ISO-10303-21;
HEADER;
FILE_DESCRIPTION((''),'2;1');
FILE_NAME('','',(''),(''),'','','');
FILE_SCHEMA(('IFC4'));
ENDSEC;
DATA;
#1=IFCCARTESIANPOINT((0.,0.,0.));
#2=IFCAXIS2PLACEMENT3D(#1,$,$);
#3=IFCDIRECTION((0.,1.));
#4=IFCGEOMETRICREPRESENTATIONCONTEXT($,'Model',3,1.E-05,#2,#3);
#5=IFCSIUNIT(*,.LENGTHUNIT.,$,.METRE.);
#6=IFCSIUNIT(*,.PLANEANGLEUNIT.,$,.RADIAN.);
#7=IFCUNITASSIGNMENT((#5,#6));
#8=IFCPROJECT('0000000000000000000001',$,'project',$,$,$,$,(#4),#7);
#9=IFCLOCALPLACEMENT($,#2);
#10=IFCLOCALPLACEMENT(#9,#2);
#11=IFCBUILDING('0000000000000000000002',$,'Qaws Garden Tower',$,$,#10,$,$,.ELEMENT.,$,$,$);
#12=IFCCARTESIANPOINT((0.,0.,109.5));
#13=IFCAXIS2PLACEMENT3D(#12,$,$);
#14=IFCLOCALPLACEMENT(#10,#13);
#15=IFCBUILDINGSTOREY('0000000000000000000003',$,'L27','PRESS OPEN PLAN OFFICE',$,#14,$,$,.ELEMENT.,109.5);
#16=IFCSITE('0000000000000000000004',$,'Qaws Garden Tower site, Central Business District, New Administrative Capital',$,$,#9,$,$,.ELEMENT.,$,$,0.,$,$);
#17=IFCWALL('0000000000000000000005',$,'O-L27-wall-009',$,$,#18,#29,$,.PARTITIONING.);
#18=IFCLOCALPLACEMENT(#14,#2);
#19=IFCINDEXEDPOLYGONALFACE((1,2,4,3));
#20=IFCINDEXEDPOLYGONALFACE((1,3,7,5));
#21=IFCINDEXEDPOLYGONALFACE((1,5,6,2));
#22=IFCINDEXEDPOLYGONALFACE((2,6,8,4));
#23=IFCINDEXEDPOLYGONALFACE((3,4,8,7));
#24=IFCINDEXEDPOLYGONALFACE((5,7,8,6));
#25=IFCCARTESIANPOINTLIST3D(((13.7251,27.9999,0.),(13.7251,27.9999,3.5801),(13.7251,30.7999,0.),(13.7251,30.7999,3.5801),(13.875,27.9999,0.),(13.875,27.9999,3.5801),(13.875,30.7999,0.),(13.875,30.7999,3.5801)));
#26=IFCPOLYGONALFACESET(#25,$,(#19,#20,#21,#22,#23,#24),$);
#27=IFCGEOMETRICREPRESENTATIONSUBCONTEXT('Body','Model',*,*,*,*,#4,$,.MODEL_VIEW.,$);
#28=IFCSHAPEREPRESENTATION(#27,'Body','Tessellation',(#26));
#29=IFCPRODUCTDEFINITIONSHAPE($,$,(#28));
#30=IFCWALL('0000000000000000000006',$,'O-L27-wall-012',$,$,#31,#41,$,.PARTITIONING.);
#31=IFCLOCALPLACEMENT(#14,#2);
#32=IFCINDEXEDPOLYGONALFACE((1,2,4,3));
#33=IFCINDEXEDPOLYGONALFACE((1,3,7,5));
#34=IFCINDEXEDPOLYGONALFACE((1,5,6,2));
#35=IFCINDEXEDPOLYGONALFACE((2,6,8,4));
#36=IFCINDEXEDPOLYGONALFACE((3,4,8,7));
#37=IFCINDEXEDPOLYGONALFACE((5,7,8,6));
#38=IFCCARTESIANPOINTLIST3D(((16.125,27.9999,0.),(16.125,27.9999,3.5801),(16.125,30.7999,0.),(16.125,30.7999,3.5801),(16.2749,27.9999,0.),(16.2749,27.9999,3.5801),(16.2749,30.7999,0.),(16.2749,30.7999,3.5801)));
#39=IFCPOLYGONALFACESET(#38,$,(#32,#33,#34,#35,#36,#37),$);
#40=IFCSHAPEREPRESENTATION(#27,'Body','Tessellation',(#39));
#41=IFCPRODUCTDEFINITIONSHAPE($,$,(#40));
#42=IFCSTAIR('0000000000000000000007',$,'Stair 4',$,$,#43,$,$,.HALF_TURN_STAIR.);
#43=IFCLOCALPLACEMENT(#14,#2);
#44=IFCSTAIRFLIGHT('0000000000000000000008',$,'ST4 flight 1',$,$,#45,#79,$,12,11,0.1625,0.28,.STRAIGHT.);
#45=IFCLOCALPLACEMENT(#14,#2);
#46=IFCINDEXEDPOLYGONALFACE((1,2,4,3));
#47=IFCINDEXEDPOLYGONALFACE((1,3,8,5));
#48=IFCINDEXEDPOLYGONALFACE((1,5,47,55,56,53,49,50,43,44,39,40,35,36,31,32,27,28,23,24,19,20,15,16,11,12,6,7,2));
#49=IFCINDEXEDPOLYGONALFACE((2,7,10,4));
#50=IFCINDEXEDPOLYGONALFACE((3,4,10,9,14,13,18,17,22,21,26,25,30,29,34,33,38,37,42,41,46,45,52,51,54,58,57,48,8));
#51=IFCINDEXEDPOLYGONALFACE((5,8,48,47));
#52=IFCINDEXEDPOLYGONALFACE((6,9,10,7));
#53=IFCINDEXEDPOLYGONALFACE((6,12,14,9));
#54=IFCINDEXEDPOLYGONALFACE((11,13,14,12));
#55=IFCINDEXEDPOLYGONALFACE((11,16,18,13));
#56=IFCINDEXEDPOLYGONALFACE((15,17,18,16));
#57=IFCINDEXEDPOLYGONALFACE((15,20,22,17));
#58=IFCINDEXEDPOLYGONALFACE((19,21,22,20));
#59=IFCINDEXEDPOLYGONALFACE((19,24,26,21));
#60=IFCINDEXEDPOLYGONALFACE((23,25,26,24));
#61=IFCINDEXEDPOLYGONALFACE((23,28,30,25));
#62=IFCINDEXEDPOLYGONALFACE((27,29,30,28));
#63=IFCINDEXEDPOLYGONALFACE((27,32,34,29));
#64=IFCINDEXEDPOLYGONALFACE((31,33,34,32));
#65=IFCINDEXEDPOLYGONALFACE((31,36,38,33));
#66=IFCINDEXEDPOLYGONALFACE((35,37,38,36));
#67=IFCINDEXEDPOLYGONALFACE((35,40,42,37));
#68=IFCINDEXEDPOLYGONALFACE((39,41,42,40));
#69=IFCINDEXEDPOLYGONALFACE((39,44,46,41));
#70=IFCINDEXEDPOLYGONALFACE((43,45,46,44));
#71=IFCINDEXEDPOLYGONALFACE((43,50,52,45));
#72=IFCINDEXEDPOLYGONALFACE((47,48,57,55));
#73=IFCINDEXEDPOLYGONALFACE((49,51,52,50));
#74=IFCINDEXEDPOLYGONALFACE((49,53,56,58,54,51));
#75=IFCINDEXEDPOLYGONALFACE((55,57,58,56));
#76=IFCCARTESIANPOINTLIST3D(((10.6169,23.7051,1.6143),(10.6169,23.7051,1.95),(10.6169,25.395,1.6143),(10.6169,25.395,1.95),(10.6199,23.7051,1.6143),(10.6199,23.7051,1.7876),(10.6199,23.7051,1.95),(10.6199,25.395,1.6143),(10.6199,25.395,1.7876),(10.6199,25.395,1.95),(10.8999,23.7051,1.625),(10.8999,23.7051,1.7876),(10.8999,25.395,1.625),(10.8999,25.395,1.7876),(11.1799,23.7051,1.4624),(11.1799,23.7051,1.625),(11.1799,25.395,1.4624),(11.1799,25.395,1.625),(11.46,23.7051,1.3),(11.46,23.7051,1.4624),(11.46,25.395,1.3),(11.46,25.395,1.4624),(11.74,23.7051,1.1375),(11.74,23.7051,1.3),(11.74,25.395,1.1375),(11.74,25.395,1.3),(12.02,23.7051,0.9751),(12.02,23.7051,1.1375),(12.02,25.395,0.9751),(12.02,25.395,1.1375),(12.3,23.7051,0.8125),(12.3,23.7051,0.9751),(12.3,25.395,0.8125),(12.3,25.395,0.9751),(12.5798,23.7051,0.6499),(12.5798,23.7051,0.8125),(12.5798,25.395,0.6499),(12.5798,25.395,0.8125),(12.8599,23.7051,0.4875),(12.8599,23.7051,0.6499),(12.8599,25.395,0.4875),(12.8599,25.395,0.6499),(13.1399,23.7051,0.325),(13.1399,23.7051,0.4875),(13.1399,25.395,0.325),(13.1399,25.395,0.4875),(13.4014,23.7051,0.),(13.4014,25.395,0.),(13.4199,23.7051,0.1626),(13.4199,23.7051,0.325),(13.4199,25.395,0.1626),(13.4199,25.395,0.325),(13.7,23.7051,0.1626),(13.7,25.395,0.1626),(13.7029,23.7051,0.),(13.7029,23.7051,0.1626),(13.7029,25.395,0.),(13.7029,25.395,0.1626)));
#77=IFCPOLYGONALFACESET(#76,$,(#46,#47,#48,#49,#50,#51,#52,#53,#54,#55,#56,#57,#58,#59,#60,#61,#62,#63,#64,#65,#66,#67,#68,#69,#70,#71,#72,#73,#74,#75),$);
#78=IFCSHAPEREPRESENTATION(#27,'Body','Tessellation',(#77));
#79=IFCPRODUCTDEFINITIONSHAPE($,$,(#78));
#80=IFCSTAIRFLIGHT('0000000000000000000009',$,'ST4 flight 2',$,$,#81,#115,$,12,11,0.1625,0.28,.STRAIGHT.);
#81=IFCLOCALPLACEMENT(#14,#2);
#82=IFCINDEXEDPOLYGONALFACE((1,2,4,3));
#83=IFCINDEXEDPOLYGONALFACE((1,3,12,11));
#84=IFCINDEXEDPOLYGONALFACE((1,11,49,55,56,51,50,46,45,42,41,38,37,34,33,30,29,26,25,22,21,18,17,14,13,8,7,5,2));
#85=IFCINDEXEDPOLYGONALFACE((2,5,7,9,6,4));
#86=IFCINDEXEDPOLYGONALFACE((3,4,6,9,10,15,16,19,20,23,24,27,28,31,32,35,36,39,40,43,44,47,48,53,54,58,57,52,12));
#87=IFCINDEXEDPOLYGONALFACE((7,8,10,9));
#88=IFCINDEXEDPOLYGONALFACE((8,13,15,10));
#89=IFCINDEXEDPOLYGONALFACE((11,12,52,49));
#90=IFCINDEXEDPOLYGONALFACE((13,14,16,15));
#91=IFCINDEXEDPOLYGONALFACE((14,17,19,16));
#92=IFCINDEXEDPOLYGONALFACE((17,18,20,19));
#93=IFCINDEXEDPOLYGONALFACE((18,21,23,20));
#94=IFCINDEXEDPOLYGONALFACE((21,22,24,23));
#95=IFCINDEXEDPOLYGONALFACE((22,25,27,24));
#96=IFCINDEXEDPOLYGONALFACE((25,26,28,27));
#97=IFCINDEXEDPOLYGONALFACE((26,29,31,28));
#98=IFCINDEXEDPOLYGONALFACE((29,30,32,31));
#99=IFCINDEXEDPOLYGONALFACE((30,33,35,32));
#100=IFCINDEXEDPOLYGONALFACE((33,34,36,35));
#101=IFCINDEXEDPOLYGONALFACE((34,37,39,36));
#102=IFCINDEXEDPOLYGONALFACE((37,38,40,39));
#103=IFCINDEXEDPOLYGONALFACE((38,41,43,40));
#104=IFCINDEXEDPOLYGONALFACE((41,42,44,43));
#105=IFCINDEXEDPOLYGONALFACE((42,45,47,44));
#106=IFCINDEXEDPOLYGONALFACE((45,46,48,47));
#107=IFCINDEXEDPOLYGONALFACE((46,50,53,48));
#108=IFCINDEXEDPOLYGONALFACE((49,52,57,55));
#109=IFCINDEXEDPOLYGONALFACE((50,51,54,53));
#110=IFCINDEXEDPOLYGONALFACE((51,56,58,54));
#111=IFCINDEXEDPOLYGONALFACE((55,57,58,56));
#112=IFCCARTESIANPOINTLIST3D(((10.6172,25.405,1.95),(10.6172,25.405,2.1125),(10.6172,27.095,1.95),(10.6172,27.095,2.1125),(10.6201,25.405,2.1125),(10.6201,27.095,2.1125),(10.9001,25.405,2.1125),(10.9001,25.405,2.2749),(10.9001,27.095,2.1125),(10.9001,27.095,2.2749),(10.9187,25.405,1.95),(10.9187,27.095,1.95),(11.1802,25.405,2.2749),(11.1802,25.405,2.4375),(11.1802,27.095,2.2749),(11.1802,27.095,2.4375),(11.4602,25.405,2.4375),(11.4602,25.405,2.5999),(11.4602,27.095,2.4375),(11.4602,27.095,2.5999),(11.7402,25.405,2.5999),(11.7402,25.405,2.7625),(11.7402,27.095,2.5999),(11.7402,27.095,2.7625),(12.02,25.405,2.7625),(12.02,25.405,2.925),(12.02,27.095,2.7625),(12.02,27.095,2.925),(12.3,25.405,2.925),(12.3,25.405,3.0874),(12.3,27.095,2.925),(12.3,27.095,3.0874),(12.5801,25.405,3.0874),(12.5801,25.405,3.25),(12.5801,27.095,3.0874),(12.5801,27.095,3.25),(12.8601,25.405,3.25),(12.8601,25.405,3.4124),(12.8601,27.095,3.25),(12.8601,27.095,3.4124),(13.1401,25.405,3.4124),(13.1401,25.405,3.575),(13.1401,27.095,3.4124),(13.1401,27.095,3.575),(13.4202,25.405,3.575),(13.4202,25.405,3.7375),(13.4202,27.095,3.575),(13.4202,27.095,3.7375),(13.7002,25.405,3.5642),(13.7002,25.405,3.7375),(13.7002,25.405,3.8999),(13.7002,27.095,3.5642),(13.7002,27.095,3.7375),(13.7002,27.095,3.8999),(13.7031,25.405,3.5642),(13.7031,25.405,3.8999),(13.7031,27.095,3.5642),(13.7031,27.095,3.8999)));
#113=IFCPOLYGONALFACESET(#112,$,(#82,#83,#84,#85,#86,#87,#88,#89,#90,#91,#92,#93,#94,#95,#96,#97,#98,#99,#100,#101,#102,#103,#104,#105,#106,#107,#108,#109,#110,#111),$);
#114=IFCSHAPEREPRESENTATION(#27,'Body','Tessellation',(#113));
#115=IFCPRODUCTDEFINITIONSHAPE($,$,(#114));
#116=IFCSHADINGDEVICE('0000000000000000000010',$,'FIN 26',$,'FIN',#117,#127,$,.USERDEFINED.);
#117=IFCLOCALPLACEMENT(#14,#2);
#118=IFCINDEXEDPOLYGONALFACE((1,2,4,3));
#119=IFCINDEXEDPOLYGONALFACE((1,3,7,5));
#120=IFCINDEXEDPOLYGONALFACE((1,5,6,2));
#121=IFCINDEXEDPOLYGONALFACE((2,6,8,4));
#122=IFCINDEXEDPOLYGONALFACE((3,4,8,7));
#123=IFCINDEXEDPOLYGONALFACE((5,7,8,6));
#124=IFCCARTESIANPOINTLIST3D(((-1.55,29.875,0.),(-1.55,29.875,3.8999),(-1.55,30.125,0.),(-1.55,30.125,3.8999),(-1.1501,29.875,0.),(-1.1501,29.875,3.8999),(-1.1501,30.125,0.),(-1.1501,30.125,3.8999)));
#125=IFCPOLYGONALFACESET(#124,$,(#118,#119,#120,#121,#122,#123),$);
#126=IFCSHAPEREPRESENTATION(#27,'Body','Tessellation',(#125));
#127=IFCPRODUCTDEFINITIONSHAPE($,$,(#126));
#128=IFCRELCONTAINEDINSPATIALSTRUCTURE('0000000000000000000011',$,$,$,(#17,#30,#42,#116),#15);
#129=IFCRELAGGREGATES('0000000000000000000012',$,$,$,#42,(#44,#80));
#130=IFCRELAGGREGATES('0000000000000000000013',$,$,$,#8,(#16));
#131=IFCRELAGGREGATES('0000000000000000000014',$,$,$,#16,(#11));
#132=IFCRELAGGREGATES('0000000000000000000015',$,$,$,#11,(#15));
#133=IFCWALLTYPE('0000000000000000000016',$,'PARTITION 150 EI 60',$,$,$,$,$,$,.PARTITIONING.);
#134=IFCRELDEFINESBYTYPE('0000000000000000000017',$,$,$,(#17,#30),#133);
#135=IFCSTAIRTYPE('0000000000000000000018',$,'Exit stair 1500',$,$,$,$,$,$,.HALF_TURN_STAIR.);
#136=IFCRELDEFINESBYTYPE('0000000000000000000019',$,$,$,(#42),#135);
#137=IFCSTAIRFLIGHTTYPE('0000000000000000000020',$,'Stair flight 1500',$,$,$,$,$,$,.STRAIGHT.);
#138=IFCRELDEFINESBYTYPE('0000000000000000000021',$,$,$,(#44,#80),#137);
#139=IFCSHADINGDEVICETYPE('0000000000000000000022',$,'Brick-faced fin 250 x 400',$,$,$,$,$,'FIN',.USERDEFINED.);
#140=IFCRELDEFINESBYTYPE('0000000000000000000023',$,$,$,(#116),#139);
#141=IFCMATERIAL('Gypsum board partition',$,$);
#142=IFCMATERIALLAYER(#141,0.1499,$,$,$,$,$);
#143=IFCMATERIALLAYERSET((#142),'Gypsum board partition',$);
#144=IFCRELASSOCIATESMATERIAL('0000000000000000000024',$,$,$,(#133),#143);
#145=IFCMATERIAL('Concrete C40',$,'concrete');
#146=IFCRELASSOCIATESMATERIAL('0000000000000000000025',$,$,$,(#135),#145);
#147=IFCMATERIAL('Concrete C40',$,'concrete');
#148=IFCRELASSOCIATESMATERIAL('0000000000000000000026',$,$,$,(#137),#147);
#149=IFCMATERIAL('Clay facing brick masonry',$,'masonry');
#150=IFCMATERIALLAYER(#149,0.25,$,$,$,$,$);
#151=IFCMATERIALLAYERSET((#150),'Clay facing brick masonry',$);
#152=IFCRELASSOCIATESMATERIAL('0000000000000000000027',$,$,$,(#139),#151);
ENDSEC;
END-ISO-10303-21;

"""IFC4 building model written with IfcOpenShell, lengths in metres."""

from ifc_helpers import new_model, si_unit, direction, frame, frame_2d, origin, origin_2d, place, context, subcontext, project, spatial, polyline, rectangle, outline, extrude, material, layer, layer_set, type_object, element, aggregate, save


model = new_model("IFC4")

# Units and contexts
model_context = context("Model", 3, precision=1e-05, world=origin(), true_north=direction((0.0, 1.0)))
body_context = subcontext(model_context, "Body", "Model", "MODEL_VIEW")
ifc_project = project(units=[si_unit("LENGTHUNIT", "METRE"), si_unit("PLANEANGLEUNIT", "RADIAN")], contexts=[model_context])

# Site, building, storey
site_placement = place(None, origin())
site = spatial("IfcSite", under=ifc_project, at=site_placement, Name="Qaws Garden Tower site, Central Business District, New Administrative Capital", CompositionType="ELEMENT", RefElevation=0.0)
building_placement = place(site_placement, origin())
building = spatial("IfcBuilding", under=site, at=building_placement, Name="Qaws Garden Tower", CompositionType="ELEMENT")
storey_placement = place(building_placement, frame((0.0, 0.0, 109.5)))
storey = spatial("IfcBuildingStorey", under=building, at=storey_placement, Name="L27", Description="PRESS OPEN PLAN OFFICE", CompositionType="ELEMENT", Elevation=109.5)

# Walls
ifc_material_1 = material(Name="Gypsum board partition")
ifc_layer_1 = layer(ifc_material_1, 0.1499)
ifc_layer_set_1 = layer_set([ifc_layer_1], Name="Gypsum board partition")
wall_type_1 = type_object("IfcWallType", Name="PARTITION 150 EI 60", PredefinedType="PARTITIONING", material=ifc_layer_set_1)
for number, where, z_axis, x_axis, name in (
    (1, (13.8, 28.0, 0.0), (0.0, 0.0, 1.0), (0.0, 1.0, 0.0), "O-L27-wall-009"),
    (2, (16.2, 28.0, 0.0), (0.0, 0.0, 1.0), (0.0, 1.0, 0.0), "O-L27-wall-012"),
):
    element("IfcWall", number, at=place(storey_placement, frame(where, z_axis=z_axis, x_axis=x_axis)), inside=storey, type_object=wall_type_1, Name=name, PredefinedType="PARTITIONING", context=body_context, shape_type="SweptSolid", body=[
        extrude(rectangle(XDim=2.8, YDim=0.1499, at=frame_2d((1.3999, 0.0))), origin(), (0.0, 0.0, 1.0), 3.5801),
    ])

# Stair, stair flights
ifc_material_2 = material(Name="Concrete C40", Category="concrete")
stair_type = type_object("IfcStairType", Name="Exit stair 1500", PredefinedType="HALF_TURN_STAIR", material=ifc_material_2)
stair_placement = place(storey_placement, origin())
stair = element("IfcStair", 3, at=stair_placement, inside=storey, type_object=stair_type, Name="Stair 4", PredefinedType="HALF_TURN_STAIR")
ifc_material_3 = material(Name="Concrete C40", Category="concrete")
stair_flight_type = type_object("IfcStairFlightType", Name="Stair flight 1500", PredefinedType="STRAIGHT", material=ifc_material_3)
stair_flight_1_placement = place(storey_placement, frame((13.7, 24.55, 0.0), z_axis=(0.0, 0.0, 1.0), x_axis=(-1.0, 0.0, 0.0)))
stair_flight_1 = element("IfcStairFlight", 4, at=stair_flight_1_placement, type_object=stair_flight_type, Name="ST4 flight 1", NumberOfRisers=12, NumberOfTreads=11, PredefinedType="STRAIGHT", RiserHeight=0.1625, TreadLength=0.28, context=body_context, shape_type="SweptSolid", body=[
    extrude(outline(polyline([(-0.0029, 0.0), (-0.0029, 0.1626), (0.0, 0.1626), (0.28, 0.1626), (0.28, 0.325), (0.5601, 0.325), (0.5601, 0.4875), (0.8401, 0.4875), (0.8401, 0.6499), (1.1201, 0.6499), (1.1201, 0.8125), (1.3999, 0.8125), (1.3999, 0.9751), (1.6799, 0.9751), (1.6799, 1.1375), (1.96, 1.1375), (1.96, 1.3), (2.24, 1.3), (2.24, 1.4624), (2.52, 1.4624), (2.52, 1.625), (2.8, 1.625), (2.8, 1.7876), (3.0801, 1.7876), (3.0801, 1.95), (3.083, 1.95), (3.083, 1.6143), (3.0801, 1.6143), (0.2986, 0.0), (-0.0029, 0.0)])), frame((0.0, 0.845, 0.0), z_axis=(0.0, -1.0, 0.0), x_axis=(1.0, 0.0, 0.0)), (0.0, 0.0, 1.0), 1.6899),
])
stair_flight_2_placement = place(storey_placement, frame((10.6201, 26.25, 1.95), z_axis=(0.0, 0.0, 1.0), x_axis=(1.0, 0.0, 0.0)))
stair_flight_2 = element("IfcStairFlight", 5, at=stair_flight_2_placement, type_object=stair_flight_type, Name="ST4 flight 2", NumberOfRisers=12, NumberOfTreads=11, PredefinedType="STRAIGHT", RiserHeight=0.1625, TreadLength=0.28, context=body_context, shape_type="SweptSolid", body=[
    extrude(outline(polyline([(-0.0029, 0.0), (-0.0029, 0.1626), (0.0, 0.1626), (0.28, 0.1626), (0.28, 0.325), (0.5601, 0.325), (0.5601, 0.4875), (0.8401, 0.4875), (0.8401, 0.6499), (1.1201, 0.6499), (1.1201, 0.8125), (1.3999, 0.8125), (1.3999, 0.9751), (1.6799, 0.9751), (1.6799, 1.1375), (1.96, 1.1375), (1.96, 1.3), (2.24, 1.3), (2.24, 1.4624), (2.52, 1.4624), (2.52, 1.625), (2.8, 1.625), (2.8, 1.7876), (3.0801, 1.7876), (3.0801, 1.95), (3.083, 1.95), (3.083, 1.6143), (3.0801, 1.6143), (0.2986, 0.0), (-0.0029, 0.0)])), frame((0.0, 0.845, 0.0), z_axis=(0.0, -1.0, 0.0), x_axis=(1.0, 0.0, 0.0)), (0.0, 0.0, 1.0), 1.6899),
])
aggregate(stair, [stair_flight_1, stair_flight_2])

# Shading device
ifc_material_4 = material(Name="Clay facing brick masonry", Category="masonry")
ifc_layer_2 = layer(ifc_material_4, 0.25)
ifc_layer_set_2 = layer_set([ifc_layer_2], Name="Clay facing brick masonry")
shading_device_type = type_object("IfcShadingDeviceType", Name="Brick-faced fin 250 x 400", ElementType="FIN", PredefinedType="USERDEFINED", material=ifc_layer_set_2)
shading_device_placement = place(storey_placement, frame((-1.3501, 30.0, 0.0), z_axis=(0.0, 0.0, 1.0), x_axis=(0.0, -1.0, 0.0)))
element("IfcShadingDevice", 6, at=shading_device_placement, inside=storey, type_object=shading_device_type, Name="FIN 26", ObjectType="FIN", PredefinedType="USERDEFINED", context=body_context, shape_type="SweptSolid", body=[
    extrude(rectangle(XDim=0.25, YDim=0.3999, at=origin_2d()), origin(), (0.0, 0.0, 1.0), 3.8999),
])

save(model, "model.ifc")
